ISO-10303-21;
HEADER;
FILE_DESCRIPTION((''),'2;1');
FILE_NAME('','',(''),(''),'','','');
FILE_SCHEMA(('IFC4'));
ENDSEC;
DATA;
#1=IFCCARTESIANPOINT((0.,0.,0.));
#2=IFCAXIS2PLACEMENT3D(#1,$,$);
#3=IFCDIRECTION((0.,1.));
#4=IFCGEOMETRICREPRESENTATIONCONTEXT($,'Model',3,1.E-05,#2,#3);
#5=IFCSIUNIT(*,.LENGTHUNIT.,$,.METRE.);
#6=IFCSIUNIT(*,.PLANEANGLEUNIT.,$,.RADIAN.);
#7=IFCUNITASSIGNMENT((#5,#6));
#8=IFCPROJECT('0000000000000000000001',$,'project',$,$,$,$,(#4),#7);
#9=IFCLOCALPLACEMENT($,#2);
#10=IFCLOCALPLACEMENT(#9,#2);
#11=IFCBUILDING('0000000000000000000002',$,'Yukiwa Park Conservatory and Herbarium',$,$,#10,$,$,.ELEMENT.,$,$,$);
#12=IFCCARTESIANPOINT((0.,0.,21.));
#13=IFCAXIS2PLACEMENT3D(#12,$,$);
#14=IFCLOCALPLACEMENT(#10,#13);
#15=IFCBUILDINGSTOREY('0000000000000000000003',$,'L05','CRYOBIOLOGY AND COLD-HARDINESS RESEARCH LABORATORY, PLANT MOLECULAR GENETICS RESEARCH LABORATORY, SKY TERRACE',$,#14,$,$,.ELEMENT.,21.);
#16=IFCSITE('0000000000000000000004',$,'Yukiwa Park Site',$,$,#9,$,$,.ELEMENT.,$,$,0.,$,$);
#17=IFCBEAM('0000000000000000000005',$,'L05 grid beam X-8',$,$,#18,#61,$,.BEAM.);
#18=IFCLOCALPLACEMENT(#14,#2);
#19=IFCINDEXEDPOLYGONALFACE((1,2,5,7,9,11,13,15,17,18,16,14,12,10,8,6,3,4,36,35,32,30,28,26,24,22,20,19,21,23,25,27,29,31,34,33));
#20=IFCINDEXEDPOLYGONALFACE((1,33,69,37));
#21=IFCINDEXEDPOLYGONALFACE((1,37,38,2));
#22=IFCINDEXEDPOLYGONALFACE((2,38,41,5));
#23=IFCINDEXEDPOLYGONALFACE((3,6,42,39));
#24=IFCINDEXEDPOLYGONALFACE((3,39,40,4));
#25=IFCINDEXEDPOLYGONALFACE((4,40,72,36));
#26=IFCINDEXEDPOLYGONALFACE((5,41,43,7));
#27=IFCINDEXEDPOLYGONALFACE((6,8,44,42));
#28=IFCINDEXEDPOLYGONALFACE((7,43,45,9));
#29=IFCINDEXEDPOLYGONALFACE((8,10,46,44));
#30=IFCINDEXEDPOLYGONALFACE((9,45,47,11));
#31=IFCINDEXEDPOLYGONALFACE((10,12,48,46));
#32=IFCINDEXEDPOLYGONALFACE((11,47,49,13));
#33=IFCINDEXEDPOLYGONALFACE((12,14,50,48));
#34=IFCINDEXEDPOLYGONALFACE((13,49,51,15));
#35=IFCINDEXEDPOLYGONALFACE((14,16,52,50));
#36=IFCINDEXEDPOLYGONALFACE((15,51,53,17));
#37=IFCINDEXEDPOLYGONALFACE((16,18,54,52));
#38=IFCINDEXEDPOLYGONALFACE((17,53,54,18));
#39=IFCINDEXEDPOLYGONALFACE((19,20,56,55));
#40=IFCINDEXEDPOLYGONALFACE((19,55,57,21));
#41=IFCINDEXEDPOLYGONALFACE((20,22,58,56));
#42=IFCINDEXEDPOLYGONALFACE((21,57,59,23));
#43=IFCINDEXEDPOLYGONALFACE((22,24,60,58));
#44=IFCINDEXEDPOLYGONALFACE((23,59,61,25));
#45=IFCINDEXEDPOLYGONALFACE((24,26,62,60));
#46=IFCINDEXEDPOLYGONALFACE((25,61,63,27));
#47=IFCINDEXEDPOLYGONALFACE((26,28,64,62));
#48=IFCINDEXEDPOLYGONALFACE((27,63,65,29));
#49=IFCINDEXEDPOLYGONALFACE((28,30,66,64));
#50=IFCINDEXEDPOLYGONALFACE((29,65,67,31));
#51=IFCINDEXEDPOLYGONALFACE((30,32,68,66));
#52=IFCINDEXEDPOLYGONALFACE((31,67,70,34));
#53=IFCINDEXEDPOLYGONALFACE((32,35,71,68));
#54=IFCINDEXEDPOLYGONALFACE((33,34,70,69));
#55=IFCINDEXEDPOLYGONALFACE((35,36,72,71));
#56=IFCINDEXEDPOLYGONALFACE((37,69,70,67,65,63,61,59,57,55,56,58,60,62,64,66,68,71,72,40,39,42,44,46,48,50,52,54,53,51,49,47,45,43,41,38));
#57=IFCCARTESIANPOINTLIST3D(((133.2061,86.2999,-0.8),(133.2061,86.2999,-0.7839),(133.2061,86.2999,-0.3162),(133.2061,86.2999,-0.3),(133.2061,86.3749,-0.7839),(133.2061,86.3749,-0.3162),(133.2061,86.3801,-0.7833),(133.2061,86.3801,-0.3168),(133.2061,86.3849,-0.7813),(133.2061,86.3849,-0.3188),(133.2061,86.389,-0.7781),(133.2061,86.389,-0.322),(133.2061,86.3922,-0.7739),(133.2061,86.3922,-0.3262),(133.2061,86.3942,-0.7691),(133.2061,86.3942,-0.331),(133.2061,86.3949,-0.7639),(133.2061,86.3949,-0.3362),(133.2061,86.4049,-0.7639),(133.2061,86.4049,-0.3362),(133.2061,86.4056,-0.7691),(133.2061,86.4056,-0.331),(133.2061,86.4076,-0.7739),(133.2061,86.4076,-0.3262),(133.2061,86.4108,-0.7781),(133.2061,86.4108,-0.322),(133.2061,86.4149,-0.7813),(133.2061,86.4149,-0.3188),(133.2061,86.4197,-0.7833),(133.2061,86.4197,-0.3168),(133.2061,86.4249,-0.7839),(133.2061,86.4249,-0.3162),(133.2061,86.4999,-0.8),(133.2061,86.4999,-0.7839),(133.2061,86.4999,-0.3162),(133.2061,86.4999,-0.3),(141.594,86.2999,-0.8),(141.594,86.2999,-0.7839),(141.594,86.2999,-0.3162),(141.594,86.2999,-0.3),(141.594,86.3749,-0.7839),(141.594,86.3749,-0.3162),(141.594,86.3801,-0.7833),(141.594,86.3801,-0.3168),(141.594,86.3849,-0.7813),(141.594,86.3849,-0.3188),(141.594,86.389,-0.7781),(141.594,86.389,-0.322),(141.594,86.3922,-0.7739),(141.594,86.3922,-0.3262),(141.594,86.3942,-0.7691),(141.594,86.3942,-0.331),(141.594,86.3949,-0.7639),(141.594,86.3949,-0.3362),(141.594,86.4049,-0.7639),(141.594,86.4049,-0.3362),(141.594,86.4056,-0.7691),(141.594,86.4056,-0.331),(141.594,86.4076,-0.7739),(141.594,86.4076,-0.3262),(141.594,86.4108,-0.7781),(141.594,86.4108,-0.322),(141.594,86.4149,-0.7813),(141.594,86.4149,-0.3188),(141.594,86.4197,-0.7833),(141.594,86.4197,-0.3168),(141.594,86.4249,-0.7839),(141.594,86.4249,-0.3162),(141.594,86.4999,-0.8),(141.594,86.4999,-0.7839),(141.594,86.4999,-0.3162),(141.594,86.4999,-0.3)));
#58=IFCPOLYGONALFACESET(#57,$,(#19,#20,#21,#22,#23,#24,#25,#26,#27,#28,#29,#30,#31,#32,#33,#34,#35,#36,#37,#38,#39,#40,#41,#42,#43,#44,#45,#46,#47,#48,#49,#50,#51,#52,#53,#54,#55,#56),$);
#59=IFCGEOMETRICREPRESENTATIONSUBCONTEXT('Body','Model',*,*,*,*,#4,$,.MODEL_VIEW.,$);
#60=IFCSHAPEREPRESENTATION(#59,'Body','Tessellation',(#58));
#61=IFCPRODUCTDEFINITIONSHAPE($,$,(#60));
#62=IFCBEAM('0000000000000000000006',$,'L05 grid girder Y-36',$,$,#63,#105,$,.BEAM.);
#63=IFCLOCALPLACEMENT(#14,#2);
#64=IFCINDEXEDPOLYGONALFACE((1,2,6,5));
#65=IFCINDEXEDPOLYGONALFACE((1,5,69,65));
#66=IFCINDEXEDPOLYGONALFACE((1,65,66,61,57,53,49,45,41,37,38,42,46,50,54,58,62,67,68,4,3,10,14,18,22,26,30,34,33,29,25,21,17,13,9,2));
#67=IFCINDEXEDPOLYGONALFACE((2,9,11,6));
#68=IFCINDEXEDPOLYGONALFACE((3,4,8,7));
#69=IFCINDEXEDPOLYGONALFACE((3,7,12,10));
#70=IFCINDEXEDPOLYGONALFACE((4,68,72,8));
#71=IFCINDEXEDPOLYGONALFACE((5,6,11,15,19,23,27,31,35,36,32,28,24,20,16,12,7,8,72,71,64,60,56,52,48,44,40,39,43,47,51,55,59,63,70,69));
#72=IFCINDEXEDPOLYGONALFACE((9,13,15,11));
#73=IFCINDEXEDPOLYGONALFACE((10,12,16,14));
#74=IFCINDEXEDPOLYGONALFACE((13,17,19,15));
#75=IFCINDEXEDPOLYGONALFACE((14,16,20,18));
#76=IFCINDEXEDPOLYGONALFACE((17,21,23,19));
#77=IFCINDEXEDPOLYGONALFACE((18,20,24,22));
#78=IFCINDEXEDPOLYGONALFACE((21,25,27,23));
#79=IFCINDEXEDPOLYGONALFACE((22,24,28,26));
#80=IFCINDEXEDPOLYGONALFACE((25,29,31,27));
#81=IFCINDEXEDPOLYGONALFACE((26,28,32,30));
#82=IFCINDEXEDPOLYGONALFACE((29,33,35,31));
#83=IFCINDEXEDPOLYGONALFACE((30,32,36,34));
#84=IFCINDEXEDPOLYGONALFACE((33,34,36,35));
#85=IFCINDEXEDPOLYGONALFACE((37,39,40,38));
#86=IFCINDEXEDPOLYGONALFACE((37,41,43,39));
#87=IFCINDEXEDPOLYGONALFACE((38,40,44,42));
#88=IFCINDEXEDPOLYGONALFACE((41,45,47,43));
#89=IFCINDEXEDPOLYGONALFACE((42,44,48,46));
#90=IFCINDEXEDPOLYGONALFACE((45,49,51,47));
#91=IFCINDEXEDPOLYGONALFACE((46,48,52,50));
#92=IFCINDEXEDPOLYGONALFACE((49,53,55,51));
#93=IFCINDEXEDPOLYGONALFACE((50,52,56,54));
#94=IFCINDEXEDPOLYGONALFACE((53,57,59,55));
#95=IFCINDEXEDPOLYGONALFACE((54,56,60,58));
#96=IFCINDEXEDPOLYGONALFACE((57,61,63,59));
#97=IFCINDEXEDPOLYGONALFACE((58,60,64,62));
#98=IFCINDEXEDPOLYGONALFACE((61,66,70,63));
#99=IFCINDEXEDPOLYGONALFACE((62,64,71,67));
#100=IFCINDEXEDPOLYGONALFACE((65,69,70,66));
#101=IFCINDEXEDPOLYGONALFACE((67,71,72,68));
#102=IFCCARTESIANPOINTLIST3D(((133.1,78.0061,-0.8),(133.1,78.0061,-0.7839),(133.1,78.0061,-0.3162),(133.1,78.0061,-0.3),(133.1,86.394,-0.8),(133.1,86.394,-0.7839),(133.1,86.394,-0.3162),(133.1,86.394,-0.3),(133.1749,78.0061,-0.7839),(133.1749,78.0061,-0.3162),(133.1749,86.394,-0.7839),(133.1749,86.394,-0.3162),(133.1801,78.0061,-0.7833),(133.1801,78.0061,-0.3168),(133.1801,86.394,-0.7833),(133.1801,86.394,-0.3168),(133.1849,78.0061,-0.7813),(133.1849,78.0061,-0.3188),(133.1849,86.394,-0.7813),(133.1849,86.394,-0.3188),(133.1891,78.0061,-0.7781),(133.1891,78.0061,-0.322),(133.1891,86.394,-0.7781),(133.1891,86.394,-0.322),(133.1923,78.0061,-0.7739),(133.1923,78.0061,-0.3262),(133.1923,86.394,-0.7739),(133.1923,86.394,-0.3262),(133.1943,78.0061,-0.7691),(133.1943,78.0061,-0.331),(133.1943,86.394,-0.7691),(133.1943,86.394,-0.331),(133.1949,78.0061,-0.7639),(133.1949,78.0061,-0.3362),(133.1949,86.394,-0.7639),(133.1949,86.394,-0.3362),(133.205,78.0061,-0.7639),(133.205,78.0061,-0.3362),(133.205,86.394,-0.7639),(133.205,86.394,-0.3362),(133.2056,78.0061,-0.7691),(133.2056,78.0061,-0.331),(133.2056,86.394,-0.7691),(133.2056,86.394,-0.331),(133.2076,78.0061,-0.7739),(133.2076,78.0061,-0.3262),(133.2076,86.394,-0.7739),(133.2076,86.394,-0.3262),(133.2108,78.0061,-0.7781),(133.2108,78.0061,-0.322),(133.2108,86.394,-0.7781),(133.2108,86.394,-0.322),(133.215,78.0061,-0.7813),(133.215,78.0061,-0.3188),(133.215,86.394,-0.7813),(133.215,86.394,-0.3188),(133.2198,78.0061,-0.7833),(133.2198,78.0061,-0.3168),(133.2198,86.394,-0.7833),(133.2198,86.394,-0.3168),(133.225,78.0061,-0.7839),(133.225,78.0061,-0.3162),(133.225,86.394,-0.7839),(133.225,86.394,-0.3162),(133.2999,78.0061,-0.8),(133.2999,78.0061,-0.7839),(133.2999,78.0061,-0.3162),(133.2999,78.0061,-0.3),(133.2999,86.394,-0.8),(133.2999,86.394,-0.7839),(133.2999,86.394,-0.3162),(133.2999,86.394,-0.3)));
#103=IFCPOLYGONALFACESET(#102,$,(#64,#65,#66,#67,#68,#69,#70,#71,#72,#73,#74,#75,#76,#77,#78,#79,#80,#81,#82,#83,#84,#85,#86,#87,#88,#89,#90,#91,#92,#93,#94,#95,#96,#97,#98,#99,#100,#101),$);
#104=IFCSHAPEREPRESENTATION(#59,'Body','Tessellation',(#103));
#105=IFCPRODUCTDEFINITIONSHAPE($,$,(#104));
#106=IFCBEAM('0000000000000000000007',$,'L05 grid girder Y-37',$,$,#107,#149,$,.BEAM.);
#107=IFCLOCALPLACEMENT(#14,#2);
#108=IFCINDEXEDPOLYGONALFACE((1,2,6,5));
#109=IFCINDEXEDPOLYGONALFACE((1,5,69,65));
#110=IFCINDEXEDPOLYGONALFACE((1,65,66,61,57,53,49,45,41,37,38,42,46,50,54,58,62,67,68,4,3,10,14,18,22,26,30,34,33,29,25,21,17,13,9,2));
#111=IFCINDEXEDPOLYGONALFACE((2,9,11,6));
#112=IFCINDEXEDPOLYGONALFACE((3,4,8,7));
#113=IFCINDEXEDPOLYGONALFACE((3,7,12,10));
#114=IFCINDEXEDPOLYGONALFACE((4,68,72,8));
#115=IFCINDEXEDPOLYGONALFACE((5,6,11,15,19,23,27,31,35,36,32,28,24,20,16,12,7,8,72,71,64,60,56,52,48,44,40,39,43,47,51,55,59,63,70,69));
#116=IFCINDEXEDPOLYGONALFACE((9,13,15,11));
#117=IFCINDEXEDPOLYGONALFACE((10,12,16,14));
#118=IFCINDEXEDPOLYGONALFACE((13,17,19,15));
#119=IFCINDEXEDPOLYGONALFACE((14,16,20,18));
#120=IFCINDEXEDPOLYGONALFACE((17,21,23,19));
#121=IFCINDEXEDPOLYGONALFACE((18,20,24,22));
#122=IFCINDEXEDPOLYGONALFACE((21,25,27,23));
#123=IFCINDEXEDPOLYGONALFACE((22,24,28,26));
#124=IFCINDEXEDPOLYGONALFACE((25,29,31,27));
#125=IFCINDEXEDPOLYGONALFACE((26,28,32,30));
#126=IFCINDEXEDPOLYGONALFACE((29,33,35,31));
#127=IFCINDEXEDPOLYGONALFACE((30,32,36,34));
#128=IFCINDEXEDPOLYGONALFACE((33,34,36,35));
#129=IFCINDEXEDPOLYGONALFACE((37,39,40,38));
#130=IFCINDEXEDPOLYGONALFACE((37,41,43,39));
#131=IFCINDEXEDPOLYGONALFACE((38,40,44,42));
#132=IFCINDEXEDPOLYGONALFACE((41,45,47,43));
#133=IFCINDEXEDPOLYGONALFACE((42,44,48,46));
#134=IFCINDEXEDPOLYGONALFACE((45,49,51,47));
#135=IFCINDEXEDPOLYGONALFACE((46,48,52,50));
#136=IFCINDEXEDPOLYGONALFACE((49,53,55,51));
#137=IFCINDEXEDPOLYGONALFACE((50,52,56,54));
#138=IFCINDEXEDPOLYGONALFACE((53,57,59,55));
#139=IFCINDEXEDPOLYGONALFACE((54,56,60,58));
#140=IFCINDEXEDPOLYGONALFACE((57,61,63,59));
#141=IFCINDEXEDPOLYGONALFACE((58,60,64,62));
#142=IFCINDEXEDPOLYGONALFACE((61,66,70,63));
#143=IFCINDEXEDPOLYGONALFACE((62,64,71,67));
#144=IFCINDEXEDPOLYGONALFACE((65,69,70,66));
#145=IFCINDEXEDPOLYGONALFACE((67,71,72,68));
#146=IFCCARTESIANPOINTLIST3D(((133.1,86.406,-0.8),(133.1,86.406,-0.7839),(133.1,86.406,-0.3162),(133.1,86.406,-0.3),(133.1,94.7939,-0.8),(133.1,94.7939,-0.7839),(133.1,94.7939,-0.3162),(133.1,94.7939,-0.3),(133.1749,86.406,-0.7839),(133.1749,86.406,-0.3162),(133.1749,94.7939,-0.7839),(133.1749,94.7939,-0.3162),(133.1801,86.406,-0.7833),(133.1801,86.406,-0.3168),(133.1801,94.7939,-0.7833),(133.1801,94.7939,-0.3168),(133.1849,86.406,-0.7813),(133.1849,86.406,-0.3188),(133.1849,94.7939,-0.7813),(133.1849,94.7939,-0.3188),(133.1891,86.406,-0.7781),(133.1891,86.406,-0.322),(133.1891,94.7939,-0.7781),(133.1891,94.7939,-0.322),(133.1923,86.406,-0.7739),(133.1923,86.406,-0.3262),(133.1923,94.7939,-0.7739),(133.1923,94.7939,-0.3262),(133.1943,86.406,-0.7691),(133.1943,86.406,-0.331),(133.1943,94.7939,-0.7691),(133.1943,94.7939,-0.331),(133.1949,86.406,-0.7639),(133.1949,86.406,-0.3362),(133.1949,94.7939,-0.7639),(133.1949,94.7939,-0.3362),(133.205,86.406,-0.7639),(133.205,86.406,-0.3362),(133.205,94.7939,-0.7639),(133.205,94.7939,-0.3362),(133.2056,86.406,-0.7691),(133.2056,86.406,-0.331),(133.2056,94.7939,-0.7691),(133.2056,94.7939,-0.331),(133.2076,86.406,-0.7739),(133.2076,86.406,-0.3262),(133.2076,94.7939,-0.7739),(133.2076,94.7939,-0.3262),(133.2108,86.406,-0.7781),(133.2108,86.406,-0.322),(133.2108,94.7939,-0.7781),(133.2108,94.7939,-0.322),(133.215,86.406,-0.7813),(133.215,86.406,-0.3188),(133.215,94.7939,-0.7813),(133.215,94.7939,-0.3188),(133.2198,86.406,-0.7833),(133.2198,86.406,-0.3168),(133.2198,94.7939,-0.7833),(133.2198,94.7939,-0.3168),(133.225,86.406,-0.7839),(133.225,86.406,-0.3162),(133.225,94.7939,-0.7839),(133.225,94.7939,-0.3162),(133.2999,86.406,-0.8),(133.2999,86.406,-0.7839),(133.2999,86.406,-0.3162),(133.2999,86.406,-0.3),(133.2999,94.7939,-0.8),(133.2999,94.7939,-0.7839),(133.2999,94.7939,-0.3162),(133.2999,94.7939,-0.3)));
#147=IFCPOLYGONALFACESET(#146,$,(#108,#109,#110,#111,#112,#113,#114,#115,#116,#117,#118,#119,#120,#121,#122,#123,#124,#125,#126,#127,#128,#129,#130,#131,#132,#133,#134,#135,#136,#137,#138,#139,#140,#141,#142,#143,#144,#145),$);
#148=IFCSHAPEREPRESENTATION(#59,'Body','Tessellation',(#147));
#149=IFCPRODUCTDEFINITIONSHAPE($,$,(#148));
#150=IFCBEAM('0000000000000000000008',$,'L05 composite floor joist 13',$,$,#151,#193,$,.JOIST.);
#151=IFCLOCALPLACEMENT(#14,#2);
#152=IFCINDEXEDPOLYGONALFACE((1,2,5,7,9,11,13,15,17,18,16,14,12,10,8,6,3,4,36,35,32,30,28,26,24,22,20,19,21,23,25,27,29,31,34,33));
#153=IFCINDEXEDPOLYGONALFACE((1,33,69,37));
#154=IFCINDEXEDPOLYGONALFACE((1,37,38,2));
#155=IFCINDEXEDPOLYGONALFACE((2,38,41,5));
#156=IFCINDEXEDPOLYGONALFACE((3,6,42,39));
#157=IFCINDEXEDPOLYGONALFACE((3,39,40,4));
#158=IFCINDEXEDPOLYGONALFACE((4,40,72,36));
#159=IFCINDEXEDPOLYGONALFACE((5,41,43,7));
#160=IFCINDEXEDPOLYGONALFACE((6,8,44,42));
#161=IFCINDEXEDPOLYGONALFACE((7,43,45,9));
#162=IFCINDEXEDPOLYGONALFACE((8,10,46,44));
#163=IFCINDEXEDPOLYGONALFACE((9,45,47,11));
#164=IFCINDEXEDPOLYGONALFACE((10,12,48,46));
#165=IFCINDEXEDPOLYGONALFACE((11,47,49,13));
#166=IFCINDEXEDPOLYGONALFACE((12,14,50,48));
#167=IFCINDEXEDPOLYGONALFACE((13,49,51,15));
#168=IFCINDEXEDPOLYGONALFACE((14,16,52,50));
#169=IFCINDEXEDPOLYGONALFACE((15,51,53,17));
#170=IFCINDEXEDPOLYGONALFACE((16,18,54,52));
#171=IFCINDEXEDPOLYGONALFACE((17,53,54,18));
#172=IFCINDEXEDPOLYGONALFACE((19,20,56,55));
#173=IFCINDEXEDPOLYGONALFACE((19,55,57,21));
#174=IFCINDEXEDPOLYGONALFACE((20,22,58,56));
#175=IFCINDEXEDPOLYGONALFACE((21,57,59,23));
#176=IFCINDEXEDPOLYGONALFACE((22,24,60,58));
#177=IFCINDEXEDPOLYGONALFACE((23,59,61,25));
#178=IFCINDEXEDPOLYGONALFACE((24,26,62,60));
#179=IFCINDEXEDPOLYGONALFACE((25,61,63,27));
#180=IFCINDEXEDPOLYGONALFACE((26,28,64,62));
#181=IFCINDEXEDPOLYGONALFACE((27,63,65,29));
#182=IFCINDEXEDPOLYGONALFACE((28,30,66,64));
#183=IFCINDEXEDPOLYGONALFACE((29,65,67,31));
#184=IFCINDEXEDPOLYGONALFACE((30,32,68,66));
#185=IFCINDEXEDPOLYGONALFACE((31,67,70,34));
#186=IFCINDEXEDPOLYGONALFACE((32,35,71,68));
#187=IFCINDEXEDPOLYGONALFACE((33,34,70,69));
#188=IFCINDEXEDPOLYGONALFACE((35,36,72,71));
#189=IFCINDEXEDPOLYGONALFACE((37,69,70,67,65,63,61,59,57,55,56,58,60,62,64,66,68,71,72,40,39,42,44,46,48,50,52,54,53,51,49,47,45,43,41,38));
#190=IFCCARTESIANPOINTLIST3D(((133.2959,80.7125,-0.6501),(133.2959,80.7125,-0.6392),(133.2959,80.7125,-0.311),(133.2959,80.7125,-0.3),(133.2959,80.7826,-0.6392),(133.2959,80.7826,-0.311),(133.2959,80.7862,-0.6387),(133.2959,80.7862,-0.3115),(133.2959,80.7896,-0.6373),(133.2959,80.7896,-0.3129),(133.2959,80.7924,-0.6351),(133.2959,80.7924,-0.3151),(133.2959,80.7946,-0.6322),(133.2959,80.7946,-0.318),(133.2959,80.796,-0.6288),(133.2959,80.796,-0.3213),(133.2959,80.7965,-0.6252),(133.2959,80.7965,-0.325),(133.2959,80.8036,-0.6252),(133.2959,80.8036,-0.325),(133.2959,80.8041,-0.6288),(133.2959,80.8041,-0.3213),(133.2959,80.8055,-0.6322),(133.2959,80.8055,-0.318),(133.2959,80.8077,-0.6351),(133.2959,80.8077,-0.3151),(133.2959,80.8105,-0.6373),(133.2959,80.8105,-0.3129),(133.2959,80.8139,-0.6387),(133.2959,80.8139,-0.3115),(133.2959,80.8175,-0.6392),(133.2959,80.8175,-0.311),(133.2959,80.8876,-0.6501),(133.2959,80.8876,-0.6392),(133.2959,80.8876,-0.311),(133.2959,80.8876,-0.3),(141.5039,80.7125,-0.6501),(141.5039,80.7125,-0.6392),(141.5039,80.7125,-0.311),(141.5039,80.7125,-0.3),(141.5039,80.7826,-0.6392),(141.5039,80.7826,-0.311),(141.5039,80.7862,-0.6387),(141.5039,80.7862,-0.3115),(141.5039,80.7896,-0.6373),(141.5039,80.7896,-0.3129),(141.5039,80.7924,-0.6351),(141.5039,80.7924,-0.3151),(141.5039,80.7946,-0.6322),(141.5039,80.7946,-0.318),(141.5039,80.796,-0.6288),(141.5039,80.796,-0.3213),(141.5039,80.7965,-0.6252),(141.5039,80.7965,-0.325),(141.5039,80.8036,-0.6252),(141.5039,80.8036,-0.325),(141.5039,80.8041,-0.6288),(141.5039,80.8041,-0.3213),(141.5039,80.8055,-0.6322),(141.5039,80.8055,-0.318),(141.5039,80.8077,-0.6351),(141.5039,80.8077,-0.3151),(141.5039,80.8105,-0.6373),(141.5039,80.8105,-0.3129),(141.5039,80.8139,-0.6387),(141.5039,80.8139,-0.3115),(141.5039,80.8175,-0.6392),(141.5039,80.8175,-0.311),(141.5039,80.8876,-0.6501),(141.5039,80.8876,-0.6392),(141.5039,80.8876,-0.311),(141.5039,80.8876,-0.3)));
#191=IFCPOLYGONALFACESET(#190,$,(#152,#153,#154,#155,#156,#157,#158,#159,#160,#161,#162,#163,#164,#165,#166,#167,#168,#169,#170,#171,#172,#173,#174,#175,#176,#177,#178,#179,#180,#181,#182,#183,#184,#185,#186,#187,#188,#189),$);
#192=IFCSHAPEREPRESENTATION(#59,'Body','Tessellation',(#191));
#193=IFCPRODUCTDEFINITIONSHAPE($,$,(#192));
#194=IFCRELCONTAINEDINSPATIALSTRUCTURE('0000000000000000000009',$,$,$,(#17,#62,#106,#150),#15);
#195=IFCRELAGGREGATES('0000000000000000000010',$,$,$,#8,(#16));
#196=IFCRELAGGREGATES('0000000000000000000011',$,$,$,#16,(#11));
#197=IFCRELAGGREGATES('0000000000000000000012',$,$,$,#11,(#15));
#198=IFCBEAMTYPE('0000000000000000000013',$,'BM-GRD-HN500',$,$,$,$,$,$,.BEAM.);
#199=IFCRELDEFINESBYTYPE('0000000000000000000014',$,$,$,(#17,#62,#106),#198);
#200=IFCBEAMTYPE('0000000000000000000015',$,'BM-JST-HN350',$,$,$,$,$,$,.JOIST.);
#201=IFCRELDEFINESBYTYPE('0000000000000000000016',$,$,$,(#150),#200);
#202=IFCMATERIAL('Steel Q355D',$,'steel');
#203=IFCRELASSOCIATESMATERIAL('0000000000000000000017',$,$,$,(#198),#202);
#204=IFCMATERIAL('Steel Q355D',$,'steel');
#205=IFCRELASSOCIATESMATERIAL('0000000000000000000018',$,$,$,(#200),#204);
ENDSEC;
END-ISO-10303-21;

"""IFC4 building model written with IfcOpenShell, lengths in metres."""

from ifc_helpers import new_model, si_unit, direction, frame, origin, origin_2d, place, context, subcontext, project, spatial, i_section, extrude, material, material_profile, profile_set, type_object, element, save


model = new_model("IFC4")

# Units and contexts
model_context = context("Model", 3, precision=1e-05, world=origin(), true_north=direction((0.0, 1.0)))
body_context = subcontext(model_context, "Body", "Model", "MODEL_VIEW")
ifc_project = project(units=[si_unit("LENGTHUNIT", "METRE"), si_unit("PLANEANGLEUNIT", "RADIAN")], contexts=[model_context])

# Site, building, storey
site_placement = place(None, origin())
site = spatial("IfcSite", under=ifc_project, at=site_placement, Name="Yukiwa Park Site", CompositionType="ELEMENT", RefElevation=0.0)
building_placement = place(site_placement, origin())
building = spatial("IfcBuilding", under=site, at=building_placement, Name="Yukiwa Park Conservatory and Herbarium", CompositionType="ELEMENT")
storey_placement = place(building_placement, frame((0.0, 0.0, 21.0)))
storey = spatial("IfcBuildingStorey", under=building, at=storey_placement, Name="L05", Description="CRYOBIOLOGY AND COLD-HARDINESS RESEARCH LABORATORY, PLANT MOLECULAR GENETICS RESEARCH LABORATORY, SKY TERRACE", CompositionType="ELEMENT", Elevation=21.0)

# Beams
ifc_material_1 = material(Name="Steel Q355D", Category="steel")
ifc_material_profile_1 = material_profile(ifc_material_1, i_section(OverallWidth=0.2, OverallDepth=0.5, WebThickness=0.01, FlangeThickness=0.0161, FilletRadius=0.02, at=origin_2d()), Name="HN 500x200x10x16")
ifc_profile_set_1 = profile_set([ifc_material_profile_1], Name="Steel Q355D")
beam_type_1 = type_object("IfcBeamType", Name="BM-GRD-HN500", PredefinedType="BEAM", material=ifc_profile_set_1)
for number, where, z_axis, x_axis, name in (
    (1, (133.2061, 86.3999, -0.55), (1.0, 0.0, 0.0), (0.0, 1.0, 0.0), "L05 grid beam X-8"),
    (2, (133.2, 78.0061, -0.55), (0.0, 1.0, 0.0), (-1.0, 0.0, 0.0), "L05 grid girder Y-36"),
    (3, (133.2, 86.406, -0.55), (0.0, 1.0, 0.0), (-1.0, 0.0, 0.0), "L05 grid girder Y-37"),
):
    element("IfcBeam", number, at=place(storey_placement, frame(where, z_axis=z_axis, x_axis=x_axis)), inside=storey, type_object=beam_type_1, Name=name, PredefinedType="BEAM", context=body_context, shape_type="SweptSolid", body=[
        extrude(i_section(OverallWidth=0.2, OverallDepth=0.5, WebThickness=0.01, FlangeThickness=0.0161, FilletRadius=0.02, at=origin_2d()), origin(), (0.0, 0.0, 1.0), 8.3879),
    ])
ifc_material_2 = material(Name="Steel Q355D", Category="steel")
ifc_material_profile_2 = material_profile(ifc_material_2, i_section(OverallWidth=0.175, OverallDepth=0.3501, WebThickness=0.0071, FlangeThickness=0.011, FilletRadius=0.0139, at=origin_2d()), Name="HN 350x175x7x11")
ifc_profile_set_2 = profile_set([ifc_material_profile_2], Name="Steel Q355D")
beam_type_2 = type_object("IfcBeamType", Name="BM-JST-HN350", PredefinedType="JOIST", material=ifc_profile_set_2)
for number, where, z_axis, x_axis, name in (
    (4, (133.2959, 80.8, -0.4751), (1.0, 0.0, 0.0), (0.0, 1.0, 0.0), "L05 composite floor joist 13"),
):
    element("IfcBeam", number, at=place(storey_placement, frame(where, z_axis=z_axis, x_axis=x_axis)), inside=storey, type_object=beam_type_2, Name=name, PredefinedType="JOIST", context=body_context, shape_type="SweptSolid", body=[
        extrude(i_section(OverallWidth=0.175, OverallDepth=0.3501, WebThickness=0.0071, FlangeThickness=0.011, FilletRadius=0.0139, at=origin_2d()), origin(), (0.0, 0.0, 1.0), 8.208),
    ])

save(model, "model.ifc")
